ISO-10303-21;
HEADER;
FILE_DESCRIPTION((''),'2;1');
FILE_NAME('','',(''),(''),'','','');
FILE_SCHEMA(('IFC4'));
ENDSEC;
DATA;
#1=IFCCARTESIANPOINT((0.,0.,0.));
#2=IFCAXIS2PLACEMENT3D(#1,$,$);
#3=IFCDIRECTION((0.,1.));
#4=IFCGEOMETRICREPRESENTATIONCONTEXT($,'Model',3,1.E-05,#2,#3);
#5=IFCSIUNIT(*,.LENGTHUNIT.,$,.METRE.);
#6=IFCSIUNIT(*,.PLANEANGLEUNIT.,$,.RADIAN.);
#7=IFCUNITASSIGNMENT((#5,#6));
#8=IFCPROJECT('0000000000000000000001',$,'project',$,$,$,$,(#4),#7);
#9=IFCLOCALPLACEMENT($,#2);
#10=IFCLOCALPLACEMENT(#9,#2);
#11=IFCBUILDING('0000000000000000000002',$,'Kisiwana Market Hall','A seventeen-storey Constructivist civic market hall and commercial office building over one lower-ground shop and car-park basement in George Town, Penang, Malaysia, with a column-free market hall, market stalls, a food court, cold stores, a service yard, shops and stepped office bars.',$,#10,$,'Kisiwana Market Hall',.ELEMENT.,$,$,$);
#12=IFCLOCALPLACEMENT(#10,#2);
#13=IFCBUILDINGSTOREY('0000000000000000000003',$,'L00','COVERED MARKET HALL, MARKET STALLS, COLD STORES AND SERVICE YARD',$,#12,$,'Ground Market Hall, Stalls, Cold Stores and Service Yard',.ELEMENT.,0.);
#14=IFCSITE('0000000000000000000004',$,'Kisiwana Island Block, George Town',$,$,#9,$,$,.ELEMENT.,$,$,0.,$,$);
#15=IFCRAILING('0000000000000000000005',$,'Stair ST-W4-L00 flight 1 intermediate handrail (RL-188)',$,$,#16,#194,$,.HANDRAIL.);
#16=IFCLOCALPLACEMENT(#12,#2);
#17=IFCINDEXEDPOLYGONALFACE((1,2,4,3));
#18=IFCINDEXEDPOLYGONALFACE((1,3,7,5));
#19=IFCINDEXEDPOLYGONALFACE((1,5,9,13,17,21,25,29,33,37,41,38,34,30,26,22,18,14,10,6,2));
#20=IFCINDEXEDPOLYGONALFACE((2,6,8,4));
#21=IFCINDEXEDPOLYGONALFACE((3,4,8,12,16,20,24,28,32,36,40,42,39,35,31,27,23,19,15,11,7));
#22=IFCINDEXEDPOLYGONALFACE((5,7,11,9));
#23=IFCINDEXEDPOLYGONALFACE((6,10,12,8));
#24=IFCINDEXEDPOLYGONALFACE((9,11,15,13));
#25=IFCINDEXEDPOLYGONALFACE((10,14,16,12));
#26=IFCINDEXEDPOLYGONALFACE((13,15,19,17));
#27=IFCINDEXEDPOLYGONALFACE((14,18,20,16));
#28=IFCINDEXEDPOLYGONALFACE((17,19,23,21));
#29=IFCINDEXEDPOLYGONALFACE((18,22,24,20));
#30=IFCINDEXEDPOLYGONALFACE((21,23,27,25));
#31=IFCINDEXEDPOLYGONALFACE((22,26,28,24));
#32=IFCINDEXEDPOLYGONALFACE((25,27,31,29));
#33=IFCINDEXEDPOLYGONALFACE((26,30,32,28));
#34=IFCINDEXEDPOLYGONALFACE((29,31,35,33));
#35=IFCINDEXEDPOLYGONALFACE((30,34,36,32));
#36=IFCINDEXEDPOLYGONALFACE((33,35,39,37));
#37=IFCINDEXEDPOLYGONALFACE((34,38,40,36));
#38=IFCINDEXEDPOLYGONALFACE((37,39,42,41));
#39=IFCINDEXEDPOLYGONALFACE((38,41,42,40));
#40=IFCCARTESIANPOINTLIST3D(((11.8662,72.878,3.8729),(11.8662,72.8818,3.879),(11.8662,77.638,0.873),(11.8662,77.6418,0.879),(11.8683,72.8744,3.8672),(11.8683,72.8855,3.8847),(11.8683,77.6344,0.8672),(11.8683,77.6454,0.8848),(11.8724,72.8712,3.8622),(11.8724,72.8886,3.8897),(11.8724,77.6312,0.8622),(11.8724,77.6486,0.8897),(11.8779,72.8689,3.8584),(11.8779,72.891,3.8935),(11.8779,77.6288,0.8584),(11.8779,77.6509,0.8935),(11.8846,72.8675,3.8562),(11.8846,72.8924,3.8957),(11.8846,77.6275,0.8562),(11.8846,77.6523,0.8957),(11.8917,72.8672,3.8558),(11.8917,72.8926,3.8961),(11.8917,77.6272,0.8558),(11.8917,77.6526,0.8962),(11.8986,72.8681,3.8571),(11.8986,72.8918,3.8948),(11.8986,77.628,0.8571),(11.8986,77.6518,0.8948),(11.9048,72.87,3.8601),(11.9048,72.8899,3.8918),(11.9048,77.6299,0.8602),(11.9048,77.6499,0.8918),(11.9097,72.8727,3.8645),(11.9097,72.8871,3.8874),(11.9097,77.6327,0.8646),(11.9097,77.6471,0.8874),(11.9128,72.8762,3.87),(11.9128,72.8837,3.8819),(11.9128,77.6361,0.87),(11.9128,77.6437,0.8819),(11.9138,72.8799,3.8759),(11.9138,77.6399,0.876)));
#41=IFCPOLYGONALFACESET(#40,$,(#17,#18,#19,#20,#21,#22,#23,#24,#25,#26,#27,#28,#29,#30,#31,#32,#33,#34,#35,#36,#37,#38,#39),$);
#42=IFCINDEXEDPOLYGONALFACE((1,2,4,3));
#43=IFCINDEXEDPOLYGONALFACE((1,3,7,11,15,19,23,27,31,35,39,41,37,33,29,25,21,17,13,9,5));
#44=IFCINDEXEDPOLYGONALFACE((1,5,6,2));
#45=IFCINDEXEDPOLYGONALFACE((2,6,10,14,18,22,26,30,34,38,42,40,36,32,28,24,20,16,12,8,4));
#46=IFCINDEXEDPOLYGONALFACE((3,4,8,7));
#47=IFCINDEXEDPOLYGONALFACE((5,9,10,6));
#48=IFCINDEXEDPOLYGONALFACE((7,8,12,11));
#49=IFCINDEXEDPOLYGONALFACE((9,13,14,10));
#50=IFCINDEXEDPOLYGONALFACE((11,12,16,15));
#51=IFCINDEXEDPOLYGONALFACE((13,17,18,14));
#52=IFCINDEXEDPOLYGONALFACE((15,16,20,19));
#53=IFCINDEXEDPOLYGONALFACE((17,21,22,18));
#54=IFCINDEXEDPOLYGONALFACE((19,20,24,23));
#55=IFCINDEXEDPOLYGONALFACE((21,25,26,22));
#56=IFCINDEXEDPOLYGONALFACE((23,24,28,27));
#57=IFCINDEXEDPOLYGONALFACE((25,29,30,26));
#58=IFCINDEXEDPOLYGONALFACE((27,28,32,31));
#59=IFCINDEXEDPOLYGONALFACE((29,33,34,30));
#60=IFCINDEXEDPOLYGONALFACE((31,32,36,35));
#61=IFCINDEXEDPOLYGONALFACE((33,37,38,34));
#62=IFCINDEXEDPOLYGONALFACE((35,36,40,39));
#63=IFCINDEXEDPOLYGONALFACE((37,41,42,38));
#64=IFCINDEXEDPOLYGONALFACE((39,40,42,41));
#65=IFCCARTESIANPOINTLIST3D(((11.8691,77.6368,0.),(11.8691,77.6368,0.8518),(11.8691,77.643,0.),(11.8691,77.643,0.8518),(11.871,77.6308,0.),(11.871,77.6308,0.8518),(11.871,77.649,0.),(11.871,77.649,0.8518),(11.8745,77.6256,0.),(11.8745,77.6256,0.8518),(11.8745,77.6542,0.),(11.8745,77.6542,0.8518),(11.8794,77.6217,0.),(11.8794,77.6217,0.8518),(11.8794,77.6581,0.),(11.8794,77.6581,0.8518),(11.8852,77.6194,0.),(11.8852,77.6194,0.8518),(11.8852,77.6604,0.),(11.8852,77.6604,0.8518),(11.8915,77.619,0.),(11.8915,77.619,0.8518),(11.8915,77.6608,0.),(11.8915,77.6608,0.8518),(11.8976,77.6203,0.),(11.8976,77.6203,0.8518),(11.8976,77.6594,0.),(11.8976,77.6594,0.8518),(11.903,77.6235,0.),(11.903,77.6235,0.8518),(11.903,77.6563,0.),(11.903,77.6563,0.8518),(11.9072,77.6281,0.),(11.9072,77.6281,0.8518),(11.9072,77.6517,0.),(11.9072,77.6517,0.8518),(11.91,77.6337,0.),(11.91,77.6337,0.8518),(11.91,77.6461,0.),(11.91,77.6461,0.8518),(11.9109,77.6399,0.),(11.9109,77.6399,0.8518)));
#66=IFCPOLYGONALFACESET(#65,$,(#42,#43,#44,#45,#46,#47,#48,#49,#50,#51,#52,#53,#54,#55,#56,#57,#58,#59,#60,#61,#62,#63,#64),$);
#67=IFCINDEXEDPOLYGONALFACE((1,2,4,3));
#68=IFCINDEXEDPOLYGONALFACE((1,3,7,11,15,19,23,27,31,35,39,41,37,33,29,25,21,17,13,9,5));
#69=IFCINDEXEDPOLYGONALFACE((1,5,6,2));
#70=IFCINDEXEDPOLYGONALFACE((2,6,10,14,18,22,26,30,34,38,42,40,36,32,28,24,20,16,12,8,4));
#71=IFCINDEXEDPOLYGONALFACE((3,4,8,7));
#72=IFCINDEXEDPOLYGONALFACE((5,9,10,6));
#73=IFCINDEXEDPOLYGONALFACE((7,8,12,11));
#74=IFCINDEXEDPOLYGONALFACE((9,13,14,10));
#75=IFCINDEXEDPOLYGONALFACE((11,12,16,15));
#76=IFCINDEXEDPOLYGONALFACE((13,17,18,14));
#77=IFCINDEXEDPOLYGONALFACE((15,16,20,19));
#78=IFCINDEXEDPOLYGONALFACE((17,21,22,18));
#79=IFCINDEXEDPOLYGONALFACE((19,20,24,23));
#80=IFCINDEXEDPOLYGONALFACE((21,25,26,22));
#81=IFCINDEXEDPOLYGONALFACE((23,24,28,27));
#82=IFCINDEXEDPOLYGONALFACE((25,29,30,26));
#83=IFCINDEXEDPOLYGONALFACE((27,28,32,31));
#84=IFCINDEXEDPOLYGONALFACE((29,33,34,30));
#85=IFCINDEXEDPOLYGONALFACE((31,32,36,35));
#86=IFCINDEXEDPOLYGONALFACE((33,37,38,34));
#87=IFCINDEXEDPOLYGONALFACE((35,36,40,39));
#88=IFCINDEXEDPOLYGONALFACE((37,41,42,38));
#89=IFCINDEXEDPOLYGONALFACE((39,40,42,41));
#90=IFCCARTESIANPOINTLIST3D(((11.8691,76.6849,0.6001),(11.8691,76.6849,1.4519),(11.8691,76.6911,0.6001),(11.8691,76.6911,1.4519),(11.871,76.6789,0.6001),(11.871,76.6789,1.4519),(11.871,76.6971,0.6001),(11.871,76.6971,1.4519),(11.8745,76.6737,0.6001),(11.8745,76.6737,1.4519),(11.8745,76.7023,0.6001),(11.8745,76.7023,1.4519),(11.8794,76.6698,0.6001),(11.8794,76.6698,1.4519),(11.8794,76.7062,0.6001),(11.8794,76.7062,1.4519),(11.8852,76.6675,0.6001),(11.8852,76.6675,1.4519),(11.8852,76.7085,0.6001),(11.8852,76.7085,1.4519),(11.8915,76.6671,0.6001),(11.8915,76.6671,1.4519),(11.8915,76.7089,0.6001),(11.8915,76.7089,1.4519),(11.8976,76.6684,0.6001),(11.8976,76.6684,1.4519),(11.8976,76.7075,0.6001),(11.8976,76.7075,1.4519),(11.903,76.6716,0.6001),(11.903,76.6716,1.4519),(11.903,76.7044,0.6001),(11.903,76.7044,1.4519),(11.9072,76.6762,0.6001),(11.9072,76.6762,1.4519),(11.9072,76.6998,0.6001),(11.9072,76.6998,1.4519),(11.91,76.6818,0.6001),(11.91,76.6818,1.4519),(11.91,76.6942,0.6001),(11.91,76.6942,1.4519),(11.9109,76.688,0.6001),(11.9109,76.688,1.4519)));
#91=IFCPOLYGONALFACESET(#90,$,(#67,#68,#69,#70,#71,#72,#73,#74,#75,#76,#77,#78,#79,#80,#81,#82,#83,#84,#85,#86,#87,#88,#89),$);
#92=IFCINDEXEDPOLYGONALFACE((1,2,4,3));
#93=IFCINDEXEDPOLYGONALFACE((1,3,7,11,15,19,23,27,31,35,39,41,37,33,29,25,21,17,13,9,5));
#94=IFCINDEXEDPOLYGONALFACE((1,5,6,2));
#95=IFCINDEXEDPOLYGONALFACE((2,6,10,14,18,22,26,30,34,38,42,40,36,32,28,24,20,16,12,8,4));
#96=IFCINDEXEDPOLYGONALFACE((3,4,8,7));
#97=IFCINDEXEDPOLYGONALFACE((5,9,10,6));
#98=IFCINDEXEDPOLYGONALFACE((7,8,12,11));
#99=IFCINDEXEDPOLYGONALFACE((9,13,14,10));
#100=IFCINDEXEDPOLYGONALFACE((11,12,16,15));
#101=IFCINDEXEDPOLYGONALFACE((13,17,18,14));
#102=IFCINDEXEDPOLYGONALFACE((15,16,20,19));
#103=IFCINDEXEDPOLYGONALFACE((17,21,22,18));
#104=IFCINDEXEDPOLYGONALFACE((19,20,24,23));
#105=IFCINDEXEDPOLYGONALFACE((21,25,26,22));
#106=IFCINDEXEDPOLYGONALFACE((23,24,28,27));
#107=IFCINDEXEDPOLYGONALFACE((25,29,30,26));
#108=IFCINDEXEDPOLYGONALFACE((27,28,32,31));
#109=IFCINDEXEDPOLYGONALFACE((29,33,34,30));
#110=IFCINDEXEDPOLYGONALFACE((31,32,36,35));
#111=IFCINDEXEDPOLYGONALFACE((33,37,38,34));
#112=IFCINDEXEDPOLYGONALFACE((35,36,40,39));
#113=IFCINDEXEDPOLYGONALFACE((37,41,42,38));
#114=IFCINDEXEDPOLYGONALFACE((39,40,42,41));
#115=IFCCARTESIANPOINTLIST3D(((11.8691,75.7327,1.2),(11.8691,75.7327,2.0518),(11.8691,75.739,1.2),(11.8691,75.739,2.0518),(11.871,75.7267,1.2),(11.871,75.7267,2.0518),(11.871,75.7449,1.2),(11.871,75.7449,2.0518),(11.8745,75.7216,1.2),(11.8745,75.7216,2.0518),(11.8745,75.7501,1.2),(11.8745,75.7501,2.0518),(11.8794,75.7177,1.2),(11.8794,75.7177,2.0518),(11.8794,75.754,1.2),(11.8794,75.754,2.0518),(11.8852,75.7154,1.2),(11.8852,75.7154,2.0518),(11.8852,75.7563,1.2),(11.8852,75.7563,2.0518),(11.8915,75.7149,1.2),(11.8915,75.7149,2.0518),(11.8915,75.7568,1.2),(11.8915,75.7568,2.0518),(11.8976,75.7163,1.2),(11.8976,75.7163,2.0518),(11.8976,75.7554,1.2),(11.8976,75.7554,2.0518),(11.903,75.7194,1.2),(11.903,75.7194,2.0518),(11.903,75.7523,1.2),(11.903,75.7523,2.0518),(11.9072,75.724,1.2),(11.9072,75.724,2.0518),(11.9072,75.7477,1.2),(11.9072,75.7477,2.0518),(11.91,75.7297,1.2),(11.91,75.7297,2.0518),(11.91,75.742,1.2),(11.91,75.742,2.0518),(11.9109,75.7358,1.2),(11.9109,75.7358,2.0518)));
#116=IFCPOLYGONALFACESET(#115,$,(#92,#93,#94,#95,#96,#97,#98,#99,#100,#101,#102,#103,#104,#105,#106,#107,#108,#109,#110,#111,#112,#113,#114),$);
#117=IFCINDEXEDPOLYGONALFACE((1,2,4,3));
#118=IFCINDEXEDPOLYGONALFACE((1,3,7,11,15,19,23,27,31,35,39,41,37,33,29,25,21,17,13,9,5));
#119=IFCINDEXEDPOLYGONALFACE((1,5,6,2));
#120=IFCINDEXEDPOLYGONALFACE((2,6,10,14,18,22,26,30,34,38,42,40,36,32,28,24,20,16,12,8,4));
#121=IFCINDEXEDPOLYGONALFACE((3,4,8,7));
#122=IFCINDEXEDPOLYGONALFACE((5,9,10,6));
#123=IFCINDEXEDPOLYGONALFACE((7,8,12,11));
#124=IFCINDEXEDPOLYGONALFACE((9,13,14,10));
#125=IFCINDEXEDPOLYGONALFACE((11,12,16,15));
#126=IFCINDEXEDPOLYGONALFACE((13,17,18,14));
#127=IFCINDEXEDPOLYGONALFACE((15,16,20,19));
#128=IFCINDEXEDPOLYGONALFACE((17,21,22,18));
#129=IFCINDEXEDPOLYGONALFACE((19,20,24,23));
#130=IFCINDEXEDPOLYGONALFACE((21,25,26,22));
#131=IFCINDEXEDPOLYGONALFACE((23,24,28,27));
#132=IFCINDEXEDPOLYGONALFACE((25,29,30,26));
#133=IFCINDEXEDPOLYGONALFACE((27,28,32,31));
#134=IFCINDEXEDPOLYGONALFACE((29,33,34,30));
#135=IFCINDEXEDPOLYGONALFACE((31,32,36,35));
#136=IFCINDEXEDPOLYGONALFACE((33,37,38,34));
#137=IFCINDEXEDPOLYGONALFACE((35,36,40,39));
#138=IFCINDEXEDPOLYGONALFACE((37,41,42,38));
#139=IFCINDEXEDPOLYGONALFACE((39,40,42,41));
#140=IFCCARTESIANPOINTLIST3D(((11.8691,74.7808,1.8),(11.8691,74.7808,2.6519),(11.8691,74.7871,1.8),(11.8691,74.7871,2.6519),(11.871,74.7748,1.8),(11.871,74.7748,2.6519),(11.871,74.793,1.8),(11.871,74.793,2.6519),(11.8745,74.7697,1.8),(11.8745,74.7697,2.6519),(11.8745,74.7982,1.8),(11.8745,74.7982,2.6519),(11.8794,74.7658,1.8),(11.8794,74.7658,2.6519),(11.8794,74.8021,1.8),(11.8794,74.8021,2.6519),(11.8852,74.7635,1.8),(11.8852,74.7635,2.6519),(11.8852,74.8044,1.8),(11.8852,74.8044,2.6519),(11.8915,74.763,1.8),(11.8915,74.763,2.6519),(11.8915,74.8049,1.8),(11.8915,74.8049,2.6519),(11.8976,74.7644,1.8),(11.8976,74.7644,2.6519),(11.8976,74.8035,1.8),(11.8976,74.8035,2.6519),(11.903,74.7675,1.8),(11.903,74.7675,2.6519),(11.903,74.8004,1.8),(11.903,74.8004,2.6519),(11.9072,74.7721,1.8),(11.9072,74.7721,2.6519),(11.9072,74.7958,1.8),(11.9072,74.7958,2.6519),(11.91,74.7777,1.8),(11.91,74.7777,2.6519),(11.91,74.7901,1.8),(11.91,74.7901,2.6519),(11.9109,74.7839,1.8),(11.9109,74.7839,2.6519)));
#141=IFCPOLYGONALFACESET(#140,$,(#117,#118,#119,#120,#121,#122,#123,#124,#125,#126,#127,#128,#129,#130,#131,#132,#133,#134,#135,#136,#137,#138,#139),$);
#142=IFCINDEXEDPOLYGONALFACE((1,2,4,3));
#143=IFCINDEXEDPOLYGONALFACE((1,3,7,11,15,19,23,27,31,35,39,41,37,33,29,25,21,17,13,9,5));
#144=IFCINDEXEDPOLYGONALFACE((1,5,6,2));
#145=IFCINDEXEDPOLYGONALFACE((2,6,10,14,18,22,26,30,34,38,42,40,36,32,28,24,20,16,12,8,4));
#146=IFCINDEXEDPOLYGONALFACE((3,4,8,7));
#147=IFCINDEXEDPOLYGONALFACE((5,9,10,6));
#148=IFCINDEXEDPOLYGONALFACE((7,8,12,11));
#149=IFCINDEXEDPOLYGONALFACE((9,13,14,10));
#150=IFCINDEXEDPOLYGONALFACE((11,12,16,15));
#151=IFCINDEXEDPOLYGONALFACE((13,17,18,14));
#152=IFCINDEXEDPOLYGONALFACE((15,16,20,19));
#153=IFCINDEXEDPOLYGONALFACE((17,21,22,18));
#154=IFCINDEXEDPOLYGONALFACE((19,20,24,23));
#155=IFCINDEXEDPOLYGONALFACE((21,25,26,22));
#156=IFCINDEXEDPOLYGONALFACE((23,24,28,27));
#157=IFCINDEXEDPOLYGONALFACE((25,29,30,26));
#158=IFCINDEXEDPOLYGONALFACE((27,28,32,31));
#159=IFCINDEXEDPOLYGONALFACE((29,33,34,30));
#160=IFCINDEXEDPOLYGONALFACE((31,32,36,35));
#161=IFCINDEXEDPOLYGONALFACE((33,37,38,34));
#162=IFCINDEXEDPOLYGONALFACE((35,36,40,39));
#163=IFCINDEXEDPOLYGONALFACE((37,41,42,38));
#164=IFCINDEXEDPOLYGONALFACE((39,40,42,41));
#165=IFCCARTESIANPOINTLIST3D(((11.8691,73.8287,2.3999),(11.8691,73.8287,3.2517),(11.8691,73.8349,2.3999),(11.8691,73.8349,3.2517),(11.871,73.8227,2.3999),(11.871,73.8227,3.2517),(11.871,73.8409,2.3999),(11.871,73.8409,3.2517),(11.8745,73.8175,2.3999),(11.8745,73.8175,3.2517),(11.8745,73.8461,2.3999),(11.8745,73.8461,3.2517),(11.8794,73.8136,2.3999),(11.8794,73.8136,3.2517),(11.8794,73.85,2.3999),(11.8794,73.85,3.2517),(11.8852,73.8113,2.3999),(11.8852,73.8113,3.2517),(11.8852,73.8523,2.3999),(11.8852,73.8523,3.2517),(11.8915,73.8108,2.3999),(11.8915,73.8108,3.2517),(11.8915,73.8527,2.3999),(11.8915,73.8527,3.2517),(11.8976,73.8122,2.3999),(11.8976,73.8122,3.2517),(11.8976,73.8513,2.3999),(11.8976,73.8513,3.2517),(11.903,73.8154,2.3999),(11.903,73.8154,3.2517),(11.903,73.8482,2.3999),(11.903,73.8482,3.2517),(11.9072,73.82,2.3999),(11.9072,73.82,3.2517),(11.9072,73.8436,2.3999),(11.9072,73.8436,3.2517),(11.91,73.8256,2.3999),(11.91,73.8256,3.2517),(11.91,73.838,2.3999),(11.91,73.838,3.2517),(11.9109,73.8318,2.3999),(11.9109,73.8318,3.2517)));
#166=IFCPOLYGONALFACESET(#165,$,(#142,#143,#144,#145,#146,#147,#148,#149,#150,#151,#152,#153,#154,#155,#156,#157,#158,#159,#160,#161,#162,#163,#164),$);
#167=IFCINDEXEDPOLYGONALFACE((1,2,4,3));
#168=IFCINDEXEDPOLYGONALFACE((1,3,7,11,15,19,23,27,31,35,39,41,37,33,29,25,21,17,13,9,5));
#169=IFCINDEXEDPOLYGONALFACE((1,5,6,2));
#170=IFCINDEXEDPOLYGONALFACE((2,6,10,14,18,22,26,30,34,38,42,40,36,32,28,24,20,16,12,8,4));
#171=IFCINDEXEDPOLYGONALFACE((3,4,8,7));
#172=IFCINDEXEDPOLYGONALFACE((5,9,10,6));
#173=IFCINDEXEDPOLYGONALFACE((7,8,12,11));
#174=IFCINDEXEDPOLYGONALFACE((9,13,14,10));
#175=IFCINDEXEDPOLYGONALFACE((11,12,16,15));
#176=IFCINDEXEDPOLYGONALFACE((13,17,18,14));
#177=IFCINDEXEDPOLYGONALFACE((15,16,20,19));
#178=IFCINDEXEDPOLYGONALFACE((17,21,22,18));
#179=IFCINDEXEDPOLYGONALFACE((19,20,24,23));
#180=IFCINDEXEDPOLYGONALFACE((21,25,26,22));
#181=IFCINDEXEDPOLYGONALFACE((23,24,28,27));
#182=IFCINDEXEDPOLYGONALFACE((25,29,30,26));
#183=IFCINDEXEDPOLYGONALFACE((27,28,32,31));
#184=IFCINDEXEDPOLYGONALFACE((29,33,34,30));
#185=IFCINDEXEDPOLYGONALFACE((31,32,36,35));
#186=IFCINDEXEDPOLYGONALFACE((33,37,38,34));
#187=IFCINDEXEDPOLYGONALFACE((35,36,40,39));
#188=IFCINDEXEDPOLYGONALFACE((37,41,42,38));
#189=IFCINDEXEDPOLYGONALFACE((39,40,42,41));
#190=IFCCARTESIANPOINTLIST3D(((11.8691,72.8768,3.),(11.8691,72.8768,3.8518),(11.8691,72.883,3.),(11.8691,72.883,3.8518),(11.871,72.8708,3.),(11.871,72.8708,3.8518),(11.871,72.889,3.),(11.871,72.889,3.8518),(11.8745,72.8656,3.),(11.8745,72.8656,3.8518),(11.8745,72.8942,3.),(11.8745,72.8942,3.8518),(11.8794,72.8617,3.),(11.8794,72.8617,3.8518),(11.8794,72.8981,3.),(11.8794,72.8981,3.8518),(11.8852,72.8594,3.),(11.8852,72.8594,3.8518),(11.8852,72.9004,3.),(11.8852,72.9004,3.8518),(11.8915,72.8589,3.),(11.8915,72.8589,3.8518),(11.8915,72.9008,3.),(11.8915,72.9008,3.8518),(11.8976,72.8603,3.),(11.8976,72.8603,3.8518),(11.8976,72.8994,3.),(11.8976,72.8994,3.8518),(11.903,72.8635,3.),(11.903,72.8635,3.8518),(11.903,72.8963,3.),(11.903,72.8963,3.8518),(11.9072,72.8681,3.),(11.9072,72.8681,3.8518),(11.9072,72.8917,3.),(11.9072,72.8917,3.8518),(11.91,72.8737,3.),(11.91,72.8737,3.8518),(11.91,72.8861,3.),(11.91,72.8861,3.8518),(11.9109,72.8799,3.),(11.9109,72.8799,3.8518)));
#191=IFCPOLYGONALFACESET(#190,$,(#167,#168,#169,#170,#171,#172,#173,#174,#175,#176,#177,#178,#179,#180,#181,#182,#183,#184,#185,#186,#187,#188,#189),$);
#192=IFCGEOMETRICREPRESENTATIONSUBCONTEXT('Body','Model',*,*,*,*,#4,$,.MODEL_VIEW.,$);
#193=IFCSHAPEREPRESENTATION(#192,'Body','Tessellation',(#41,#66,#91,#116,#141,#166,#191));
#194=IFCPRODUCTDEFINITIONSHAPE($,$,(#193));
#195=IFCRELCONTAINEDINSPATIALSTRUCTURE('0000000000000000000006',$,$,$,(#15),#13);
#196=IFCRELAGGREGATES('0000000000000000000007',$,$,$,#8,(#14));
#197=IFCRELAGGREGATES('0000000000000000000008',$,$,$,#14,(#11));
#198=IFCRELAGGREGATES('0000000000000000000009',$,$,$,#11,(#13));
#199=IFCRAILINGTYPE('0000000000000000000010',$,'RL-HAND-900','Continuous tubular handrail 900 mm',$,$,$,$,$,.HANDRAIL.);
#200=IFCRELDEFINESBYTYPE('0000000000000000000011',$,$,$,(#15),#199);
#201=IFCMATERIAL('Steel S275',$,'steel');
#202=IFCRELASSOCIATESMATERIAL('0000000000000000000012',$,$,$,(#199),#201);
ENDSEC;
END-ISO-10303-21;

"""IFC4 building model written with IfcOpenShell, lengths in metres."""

from ifc_helpers import new_model, si_unit, direction, frame, origin, origin_2d, place, context, subcontext, project, spatial, circle, extrude, material, type_object, element, save


model = new_model("IFC4")

# Units and contexts
model_context = context("Model", 3, precision=1e-05, world=origin(), true_north=direction((0.0, 1.0)))
body_context = subcontext(model_context, "Body", "Model", "MODEL_VIEW")
ifc_project = project(units=[si_unit("LENGTHUNIT", "METRE"), si_unit("PLANEANGLEUNIT", "RADIAN")], contexts=[model_context])

# Site, building, storey
site_placement = place(None, origin())
site = spatial("IfcSite", under=ifc_project, at=site_placement, Name="Kisiwana Island Block, George Town", CompositionType="ELEMENT", RefElevation=0.0)
building_placement = place(site_placement, origin())
building = spatial("IfcBuilding", under=site, at=building_placement, Name="Kisiwana Market Hall", Description="A seventeen-storey Constructivist civic market hall and commercial office building over one lower-ground shop and car-park basement in George Town, Penang, Malaysia, with a column-free market hall, market stalls, a food court, cold stores, a service yard, shops and stepped office bars.", LongName="Kisiwana Market Hall", CompositionType="ELEMENT")
storey_placement = place(building_placement, origin())
storey = spatial("IfcBuildingStorey", under=building, at=storey_placement, Name="L00", Description="COVERED MARKET HALL, MARKET STALLS, COLD STORES AND SERVICE YARD", LongName="Ground Market Hall, Stalls, Cold Stores and Service Yard", CompositionType="ELEMENT", Elevation=0.0)

# Railing
ifc_material_1 = material(Name="Steel S275", Category="steel")
railing_type_1 = type_object("IfcRailingType", Name="RL-HAND-900", Description="Continuous tubular handrail 900 mm", PredefinedType="HANDRAIL", material=ifc_material_1)
for number, where, name in (
    (1, (11.8899, 77.6399, 0.0), "Stair ST-W4-L00 flight 1 intermediate handrail (RL-188)"),
):
    element("IfcRailing", number, at=place(storey_placement, frame(where)), inside=storey, type_object=railing_type_1, Name=name, PredefinedType="HANDRAIL", context=body_context, shape_type="SweptSolid", body=[
        extrude(circle(Radius=0.0239, at=origin_2d()), frame((0.0, 0.0, 0.876), z_axis=(0.0, -0.845996, 0.53319), x_axis=(1.0, 0.0, 0.0)), (0.0, 0.0, 1.0), 5.6265),
        extrude(circle(Radius=0.021, at=origin_2d()), origin(), (0.0, 0.0, 1.0), 0.8518),
        extrude(circle(Radius=0.021, at=origin_2d()), frame((0.0, -0.9519, 0.6001)), (0.0, 0.0, 1.0), 0.8518),
        extrude(circle(Radius=0.021, at=origin_2d()), frame((0.0, -1.9041, 1.2)), (0.0, 0.0, 1.0), 0.8518),
        extrude(circle(Radius=0.021, at=origin_2d()), frame((0.0, -2.856, 1.8)), (0.0, 0.0, 1.0), 0.8518),
        extrude(circle(Radius=0.021, at=origin_2d()), frame((0.0, -3.8081, 2.3999)), (0.0, 0.0, 1.0), 0.8518),
        extrude(circle(Radius=0.021, at=origin_2d()), frame((0.0, -4.76, 3.0)), (0.0, 0.0, 1.0), 0.8518),
    ])

save(model, "model.ifc")
